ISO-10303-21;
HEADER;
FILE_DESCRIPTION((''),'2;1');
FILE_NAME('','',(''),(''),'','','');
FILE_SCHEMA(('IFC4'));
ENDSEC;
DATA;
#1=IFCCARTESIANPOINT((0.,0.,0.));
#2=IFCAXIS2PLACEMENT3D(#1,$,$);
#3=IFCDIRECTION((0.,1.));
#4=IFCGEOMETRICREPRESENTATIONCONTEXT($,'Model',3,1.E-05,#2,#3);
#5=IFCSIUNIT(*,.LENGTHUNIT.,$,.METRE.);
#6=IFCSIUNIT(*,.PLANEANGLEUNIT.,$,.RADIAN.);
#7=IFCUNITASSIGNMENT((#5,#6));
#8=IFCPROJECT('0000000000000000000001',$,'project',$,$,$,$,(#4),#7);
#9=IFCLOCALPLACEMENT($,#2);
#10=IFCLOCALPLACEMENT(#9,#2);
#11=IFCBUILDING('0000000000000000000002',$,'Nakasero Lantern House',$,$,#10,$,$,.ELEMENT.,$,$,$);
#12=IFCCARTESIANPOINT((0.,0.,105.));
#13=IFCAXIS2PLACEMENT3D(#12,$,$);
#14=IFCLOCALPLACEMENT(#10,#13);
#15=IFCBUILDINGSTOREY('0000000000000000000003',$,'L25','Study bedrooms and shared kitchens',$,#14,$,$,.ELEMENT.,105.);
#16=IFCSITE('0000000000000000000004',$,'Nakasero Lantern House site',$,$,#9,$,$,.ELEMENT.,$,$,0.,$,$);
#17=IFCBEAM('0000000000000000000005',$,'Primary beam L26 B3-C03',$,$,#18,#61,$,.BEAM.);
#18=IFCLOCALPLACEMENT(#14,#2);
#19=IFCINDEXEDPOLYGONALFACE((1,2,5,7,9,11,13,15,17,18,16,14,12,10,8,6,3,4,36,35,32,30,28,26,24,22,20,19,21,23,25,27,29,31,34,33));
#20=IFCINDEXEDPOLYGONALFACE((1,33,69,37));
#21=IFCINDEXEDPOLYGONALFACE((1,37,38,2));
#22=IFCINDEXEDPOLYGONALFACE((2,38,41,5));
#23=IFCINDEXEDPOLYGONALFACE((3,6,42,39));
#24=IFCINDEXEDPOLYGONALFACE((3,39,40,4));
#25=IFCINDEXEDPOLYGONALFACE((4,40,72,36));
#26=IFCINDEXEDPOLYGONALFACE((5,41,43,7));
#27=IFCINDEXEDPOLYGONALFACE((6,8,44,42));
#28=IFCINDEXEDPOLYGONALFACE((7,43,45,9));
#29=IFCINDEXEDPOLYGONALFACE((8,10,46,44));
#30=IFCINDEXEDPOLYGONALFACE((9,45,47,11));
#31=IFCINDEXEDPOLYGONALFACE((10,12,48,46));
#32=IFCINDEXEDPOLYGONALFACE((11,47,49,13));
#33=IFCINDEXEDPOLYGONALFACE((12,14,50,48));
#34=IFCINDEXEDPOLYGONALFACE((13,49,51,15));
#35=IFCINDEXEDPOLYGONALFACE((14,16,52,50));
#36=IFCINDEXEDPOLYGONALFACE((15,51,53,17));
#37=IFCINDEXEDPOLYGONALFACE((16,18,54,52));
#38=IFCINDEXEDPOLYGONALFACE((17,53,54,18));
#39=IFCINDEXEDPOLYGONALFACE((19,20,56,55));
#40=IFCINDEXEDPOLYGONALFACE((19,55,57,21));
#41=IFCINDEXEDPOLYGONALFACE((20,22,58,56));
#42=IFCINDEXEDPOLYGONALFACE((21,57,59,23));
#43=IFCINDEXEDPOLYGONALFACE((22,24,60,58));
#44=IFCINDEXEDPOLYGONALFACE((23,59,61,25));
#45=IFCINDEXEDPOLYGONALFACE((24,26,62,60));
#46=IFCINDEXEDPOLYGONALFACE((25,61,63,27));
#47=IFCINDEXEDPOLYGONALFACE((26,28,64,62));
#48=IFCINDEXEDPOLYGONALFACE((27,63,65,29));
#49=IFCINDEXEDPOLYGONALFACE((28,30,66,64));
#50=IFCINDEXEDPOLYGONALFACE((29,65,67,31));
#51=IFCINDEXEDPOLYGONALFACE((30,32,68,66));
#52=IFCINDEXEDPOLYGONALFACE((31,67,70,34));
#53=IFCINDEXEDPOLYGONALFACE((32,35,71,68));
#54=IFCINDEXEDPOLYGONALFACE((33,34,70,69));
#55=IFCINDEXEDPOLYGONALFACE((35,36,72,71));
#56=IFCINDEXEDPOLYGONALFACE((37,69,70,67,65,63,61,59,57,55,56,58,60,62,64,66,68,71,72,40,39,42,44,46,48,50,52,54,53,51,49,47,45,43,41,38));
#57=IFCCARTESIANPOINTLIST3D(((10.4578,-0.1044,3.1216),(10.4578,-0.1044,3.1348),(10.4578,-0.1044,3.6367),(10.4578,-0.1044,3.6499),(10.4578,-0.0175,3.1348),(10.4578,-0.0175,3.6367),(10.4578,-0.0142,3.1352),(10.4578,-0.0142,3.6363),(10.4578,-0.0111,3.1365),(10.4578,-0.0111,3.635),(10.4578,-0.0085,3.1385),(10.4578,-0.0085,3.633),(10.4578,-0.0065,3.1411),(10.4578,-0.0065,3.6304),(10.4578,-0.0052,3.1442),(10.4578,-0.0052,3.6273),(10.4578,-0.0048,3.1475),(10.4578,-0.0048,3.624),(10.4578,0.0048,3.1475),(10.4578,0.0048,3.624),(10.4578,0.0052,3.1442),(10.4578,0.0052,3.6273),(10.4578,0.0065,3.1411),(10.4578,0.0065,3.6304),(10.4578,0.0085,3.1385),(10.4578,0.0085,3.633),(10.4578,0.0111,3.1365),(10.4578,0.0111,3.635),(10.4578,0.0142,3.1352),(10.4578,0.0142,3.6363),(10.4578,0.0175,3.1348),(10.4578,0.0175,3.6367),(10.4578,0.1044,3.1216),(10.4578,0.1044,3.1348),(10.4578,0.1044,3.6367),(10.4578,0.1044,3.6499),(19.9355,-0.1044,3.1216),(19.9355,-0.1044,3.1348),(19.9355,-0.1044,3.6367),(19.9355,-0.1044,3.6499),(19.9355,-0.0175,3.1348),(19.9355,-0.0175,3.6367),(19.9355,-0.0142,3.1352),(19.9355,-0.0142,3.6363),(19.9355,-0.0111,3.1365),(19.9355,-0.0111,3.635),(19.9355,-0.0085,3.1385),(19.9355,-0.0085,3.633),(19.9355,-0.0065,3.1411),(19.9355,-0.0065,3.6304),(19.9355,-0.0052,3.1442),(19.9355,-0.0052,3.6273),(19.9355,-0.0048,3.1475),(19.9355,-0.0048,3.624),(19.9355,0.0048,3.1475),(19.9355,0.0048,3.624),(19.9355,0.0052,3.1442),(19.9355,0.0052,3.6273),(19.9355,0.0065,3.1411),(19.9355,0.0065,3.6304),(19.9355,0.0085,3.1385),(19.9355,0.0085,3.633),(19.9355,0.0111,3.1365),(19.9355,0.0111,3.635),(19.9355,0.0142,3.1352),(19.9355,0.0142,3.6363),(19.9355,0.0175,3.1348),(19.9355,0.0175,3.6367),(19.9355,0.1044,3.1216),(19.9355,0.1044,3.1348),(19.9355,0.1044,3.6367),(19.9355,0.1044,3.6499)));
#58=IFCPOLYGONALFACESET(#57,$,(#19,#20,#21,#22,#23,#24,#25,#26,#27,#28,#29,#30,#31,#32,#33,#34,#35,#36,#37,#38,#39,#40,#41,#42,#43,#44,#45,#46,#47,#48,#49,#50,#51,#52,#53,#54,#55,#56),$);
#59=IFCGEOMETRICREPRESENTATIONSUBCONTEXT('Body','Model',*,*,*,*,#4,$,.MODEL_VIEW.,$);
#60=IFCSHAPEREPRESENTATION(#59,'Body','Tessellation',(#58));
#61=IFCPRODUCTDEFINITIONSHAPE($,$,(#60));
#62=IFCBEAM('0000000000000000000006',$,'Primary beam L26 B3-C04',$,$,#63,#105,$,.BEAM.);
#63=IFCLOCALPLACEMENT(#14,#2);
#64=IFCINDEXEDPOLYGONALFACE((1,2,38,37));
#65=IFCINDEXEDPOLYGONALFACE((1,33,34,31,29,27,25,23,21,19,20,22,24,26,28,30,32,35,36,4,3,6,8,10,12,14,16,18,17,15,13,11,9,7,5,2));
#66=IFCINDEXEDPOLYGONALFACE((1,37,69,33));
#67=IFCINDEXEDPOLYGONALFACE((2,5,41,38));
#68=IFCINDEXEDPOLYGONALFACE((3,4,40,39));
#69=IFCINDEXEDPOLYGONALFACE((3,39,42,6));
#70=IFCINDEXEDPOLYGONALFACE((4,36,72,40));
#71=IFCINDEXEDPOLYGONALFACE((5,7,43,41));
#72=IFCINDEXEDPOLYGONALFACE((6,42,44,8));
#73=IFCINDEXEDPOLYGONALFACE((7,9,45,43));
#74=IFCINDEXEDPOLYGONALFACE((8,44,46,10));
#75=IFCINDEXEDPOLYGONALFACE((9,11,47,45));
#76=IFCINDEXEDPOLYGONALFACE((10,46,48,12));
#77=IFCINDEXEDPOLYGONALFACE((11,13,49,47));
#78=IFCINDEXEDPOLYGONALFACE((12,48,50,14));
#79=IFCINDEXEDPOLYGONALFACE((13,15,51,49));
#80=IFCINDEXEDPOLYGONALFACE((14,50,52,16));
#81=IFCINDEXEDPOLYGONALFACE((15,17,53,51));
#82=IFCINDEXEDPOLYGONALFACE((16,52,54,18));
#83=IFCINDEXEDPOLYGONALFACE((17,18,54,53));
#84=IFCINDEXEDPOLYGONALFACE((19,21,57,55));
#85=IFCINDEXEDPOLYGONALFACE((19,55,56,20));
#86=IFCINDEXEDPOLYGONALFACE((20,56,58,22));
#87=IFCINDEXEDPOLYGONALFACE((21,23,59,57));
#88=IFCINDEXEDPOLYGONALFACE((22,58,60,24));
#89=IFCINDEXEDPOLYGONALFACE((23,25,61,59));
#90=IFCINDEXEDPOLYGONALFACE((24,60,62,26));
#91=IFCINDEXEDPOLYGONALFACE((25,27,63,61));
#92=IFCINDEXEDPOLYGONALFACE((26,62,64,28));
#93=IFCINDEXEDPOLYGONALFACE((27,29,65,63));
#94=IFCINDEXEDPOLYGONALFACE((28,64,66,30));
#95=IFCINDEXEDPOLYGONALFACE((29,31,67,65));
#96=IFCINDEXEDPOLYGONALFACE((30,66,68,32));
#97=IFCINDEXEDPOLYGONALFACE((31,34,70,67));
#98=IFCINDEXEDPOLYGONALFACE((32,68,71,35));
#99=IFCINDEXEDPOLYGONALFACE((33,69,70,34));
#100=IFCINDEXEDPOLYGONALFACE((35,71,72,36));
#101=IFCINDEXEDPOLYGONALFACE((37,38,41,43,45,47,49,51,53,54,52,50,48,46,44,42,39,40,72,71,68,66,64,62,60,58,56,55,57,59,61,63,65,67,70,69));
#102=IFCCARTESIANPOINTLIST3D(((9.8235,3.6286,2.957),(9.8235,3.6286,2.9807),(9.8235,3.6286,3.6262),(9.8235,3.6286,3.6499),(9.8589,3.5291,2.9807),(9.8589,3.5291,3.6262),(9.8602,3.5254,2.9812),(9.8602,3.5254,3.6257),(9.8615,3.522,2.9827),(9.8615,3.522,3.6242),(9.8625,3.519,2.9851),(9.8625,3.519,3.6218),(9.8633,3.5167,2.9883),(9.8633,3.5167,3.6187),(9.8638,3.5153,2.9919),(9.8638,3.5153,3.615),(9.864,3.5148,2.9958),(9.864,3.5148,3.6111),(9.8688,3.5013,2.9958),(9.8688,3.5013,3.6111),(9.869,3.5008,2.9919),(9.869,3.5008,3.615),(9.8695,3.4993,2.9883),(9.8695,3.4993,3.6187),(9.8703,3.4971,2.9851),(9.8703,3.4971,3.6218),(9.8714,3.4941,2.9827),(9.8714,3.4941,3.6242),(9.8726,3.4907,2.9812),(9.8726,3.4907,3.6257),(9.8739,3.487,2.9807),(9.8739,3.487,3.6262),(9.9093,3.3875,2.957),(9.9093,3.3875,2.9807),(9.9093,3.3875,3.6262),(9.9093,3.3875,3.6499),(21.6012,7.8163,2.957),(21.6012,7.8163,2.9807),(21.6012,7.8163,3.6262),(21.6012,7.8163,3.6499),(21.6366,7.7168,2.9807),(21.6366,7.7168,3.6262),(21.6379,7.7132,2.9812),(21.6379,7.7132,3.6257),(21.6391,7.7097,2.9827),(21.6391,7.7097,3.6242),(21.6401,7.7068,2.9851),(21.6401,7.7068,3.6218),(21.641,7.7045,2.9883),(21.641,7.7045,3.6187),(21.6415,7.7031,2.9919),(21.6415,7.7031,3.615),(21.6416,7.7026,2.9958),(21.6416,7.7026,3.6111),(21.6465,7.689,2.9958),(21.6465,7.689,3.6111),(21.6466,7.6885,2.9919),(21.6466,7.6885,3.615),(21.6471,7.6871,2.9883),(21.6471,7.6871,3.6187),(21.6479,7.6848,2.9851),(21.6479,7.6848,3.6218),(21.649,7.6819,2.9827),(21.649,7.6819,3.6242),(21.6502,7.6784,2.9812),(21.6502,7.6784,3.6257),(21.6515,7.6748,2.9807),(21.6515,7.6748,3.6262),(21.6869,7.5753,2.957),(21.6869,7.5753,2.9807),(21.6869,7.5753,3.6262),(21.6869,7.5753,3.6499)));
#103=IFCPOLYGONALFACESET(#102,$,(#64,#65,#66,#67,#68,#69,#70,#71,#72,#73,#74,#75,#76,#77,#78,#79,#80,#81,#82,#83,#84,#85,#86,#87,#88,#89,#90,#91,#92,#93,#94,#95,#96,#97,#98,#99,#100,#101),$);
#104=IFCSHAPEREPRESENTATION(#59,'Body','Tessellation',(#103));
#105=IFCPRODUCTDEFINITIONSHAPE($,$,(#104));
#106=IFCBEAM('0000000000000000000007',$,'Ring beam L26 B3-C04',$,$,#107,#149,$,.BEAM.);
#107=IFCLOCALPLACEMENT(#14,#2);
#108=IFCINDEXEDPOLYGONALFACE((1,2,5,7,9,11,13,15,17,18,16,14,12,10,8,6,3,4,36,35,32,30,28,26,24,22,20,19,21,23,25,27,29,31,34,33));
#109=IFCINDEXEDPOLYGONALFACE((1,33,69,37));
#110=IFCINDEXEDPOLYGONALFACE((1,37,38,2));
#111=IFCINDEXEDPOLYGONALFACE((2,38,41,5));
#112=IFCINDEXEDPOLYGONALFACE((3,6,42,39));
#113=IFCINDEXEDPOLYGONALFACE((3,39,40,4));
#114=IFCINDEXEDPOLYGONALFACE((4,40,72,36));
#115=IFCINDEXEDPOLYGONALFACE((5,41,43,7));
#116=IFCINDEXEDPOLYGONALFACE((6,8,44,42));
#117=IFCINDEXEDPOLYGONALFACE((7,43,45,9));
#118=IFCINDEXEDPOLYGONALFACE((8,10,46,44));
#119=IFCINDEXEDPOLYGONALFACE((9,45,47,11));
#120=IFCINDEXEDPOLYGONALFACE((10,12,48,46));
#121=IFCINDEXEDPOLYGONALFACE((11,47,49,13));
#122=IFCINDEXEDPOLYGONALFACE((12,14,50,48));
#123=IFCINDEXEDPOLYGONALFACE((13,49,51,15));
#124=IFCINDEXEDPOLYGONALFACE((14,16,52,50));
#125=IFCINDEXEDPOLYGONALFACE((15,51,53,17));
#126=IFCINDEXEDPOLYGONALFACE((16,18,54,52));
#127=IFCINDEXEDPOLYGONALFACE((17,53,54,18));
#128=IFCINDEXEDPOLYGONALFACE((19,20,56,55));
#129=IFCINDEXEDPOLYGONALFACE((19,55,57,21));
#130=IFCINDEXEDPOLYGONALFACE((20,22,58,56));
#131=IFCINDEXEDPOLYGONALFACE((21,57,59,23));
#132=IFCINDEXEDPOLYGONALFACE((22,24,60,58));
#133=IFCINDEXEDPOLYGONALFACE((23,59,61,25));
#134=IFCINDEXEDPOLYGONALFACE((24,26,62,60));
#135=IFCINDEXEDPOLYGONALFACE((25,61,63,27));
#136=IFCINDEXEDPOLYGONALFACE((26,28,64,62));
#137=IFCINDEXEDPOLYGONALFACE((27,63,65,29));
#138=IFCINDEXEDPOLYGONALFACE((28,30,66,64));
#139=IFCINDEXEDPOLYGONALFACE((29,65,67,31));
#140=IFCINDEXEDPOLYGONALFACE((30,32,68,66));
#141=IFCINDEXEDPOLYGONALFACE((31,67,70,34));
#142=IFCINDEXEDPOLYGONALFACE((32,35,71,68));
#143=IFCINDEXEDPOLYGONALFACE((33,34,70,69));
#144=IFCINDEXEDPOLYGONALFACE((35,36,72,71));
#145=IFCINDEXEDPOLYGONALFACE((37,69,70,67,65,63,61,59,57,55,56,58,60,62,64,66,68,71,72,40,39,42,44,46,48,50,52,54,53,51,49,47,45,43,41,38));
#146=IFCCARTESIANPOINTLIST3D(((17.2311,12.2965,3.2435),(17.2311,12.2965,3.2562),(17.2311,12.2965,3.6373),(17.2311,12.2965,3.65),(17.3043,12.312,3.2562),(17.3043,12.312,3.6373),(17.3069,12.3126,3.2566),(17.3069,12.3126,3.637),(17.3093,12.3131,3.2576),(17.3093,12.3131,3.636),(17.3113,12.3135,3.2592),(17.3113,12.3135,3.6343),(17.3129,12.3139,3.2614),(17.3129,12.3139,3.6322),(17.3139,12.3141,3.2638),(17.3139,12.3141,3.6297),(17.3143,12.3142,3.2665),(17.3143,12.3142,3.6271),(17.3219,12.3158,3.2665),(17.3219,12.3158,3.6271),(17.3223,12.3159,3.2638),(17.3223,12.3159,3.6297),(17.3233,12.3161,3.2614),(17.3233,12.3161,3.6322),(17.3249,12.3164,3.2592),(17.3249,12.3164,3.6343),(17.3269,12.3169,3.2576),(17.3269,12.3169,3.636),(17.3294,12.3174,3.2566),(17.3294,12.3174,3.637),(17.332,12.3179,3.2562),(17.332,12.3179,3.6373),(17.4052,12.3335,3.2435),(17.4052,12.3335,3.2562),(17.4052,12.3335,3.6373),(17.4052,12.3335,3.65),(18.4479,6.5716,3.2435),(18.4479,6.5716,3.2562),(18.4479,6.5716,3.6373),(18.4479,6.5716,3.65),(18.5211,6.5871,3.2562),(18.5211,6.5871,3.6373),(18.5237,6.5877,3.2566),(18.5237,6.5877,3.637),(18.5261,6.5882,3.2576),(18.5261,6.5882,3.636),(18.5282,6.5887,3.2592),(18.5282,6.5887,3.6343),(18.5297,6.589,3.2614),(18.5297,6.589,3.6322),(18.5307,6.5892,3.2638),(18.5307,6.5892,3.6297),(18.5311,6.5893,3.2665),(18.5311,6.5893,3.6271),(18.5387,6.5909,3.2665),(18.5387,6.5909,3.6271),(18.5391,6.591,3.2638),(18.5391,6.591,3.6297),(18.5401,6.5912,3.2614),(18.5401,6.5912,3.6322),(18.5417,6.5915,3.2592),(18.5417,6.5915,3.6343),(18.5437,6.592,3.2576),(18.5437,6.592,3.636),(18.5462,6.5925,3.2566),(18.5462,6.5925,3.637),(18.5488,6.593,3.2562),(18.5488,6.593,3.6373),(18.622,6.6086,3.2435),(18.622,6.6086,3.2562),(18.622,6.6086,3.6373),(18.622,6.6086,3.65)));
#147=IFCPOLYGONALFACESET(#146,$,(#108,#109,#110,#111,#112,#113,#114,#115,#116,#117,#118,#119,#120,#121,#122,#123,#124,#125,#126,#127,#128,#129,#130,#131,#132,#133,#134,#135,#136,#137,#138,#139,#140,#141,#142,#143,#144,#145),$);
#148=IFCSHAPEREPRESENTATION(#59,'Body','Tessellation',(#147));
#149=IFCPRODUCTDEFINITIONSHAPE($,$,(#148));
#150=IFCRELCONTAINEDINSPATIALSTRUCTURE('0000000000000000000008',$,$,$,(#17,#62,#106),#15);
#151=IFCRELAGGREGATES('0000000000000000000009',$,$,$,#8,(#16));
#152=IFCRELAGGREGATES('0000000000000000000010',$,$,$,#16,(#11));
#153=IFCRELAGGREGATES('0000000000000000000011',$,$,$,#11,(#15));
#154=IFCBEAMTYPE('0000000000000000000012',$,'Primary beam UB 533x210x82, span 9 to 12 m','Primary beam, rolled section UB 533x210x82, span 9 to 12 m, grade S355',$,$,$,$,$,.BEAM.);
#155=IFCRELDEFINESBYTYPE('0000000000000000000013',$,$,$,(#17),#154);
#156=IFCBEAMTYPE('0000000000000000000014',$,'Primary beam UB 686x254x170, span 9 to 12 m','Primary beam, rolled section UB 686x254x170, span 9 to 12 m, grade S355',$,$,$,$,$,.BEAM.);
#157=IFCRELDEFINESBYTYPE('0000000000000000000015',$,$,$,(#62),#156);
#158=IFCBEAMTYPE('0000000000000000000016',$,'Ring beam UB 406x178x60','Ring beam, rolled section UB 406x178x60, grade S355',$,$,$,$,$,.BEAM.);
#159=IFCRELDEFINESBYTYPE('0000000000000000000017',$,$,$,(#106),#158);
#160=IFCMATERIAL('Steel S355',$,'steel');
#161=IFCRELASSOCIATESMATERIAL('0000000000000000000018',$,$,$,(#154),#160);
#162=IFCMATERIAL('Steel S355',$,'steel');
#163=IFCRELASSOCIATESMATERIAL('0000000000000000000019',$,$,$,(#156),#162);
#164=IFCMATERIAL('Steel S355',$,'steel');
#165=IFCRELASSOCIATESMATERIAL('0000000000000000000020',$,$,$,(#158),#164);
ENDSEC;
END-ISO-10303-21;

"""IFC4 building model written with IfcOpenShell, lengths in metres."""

from ifc_helpers import new_model, si_unit, direction, frame, origin, origin_2d, place, context, subcontext, project, spatial, i_section, extrude, material, material_profile, profile_set, type_object, element, save


model = new_model("IFC4")

# Units and contexts
model_context = context("Model", 3, precision=1e-05, world=origin(), true_north=direction((0.0, 1.0)))
body_context = subcontext(model_context, "Body", "Model", "MODEL_VIEW")
ifc_project = project(units=[si_unit("LENGTHUNIT", "METRE"), si_unit("PLANEANGLEUNIT", "RADIAN")], contexts=[model_context])

# Site, building, storey
site_placement = place(None, origin())
site = spatial("IfcSite", under=ifc_project, at=site_placement, Name="Nakasero Lantern House site", CompositionType="ELEMENT", RefElevation=0.0)
building_placement = place(site_placement, origin())
building = spatial("IfcBuilding", under=site, at=building_placement, Name="Nakasero Lantern House", CompositionType="ELEMENT")
storey_placement = place(building_placement, frame((0.0, 0.0, 105.0)))
storey = spatial("IfcBuildingStorey", under=building, at=storey_placement, Name="L25", Description="Study bedrooms and shared kitchens", CompositionType="ELEMENT", Elevation=105.0)

# Beams
ifc_material_1 = material(Name="Steel S355", Category="steel")
ifc_material_profile_1 = material_profile(ifc_material_1, i_section(OverallWidth=0.2087, OverallDepth=0.5283, WebThickness=0.0095, FlangeThickness=0.0132, FilletRadius=0.0127, at=origin_2d()), Name="UB 533x210x82")
ifc_profile_set_1 = profile_set([ifc_material_profile_1], Name="Steel S355")
beam_type_1 = type_object("IfcBeamType", Name="Primary beam UB 533x210x82, span 9 to 12 m", Description="Primary beam, rolled section UB 533x210x82, span 9 to 12 m, grade S355", PredefinedType="BEAM", material=ifc_profile_set_1)
beam_1_placement = place(storey_placement, frame((19.9355, 0.0, 3.3857), z_axis=(-1.0, 0.0, 0.0), x_axis=(0.0, -1.0, 0.0)))
element("IfcBeam", 1, at=beam_1_placement, inside=storey, type_object=beam_type_1, Name="Primary beam L26 B3-C03", PredefinedType="BEAM", context=body_context, shape_type="SweptSolid", body=[
    extrude(i_section(OverallWidth=0.2087, OverallDepth=0.5283, WebThickness=0.0095, FlangeThickness=0.0132, FilletRadius=0.0127, at=origin_2d()), origin(), (0.0, 0.0, 1.0), 9.4778),
])
ifc_material_2 = material(Name="Steel S355", Category="steel")
ifc_material_profile_2 = material_profile(ifc_material_2, i_section(OverallWidth=0.2559, OverallDepth=0.6929, WebThickness=0.0144, FlangeThickness=0.0237, FilletRadius=0.0151, at=origin_2d()), Name="UB 686x254x170")
ifc_profile_set_2 = profile_set([ifc_material_profile_2], Name="Steel S355")
beam_type_2 = type_object("IfcBeamType", Name="Primary beam UB 686x254x170, span 9 to 12 m", Description="Primary beam, rolled section UB 686x254x170, span 9 to 12 m, grade S355", PredefinedType="BEAM", material=ifc_profile_set_2)
beam_2_placement = place(storey_placement, frame((21.644, 7.6958, 3.3035), z_axis=(-0.942211, -0.335021, 0.0), x_axis=(0.335021, -0.942211, 0.0)))
element("IfcBeam", 2, at=beam_2_placement, inside=storey, type_object=beam_type_2, Name="Primary beam L26 B3-C04", PredefinedType="BEAM", context=body_context, shape_type="SweptSolid", body=[
    extrude(i_section(OverallWidth=0.2559, OverallDepth=0.6929, WebThickness=0.0144, FlangeThickness=0.0237, FilletRadius=0.0151, at=origin_2d()), origin(), (0.0, 0.0, 1.0), 12.5),
])
ifc_material_3 = material(Name="Steel S355", Category="steel")
ifc_material_profile_3 = material_profile(ifc_material_3, i_section(OverallWidth=0.178, OverallDepth=0.4065, WebThickness=0.0078, FlangeThickness=0.0127, FilletRadius=0.0103, at=origin_2d()), Name="UB 406x178x60")
ifc_profile_set_3 = profile_set([ifc_material_profile_3], Name="Steel S355")
beam_type_3 = type_object("IfcBeamType", Name="Ring beam UB 406x178x60", Description="Ring beam, rolled section UB 406x178x60, grade S355", PredefinedType="BEAM", material=ifc_profile_set_3)
beam_3_placement = place(storey_placement, frame((18.5349, 6.5901, 3.4468), z_axis=(-0.207902, 0.97815, 0.0), x_axis=(-0.97815, -0.207902, 0.0)))
element("IfcBeam", 3, at=beam_3_placement, inside=storey, type_object=beam_type_3, Name="Ring beam L26 B3-C04", PredefinedType="BEAM", context=body_context, shape_type="SweptSolid", body=[
    extrude(i_section(OverallWidth=0.178, OverallDepth=0.4065, WebThickness=0.0078, FlangeThickness=0.0127, FilletRadius=0.0103, at=origin_2d()), origin(), (0.0, 0.0, 1.0), 5.8528),
])

save(model, "model.ifc")
